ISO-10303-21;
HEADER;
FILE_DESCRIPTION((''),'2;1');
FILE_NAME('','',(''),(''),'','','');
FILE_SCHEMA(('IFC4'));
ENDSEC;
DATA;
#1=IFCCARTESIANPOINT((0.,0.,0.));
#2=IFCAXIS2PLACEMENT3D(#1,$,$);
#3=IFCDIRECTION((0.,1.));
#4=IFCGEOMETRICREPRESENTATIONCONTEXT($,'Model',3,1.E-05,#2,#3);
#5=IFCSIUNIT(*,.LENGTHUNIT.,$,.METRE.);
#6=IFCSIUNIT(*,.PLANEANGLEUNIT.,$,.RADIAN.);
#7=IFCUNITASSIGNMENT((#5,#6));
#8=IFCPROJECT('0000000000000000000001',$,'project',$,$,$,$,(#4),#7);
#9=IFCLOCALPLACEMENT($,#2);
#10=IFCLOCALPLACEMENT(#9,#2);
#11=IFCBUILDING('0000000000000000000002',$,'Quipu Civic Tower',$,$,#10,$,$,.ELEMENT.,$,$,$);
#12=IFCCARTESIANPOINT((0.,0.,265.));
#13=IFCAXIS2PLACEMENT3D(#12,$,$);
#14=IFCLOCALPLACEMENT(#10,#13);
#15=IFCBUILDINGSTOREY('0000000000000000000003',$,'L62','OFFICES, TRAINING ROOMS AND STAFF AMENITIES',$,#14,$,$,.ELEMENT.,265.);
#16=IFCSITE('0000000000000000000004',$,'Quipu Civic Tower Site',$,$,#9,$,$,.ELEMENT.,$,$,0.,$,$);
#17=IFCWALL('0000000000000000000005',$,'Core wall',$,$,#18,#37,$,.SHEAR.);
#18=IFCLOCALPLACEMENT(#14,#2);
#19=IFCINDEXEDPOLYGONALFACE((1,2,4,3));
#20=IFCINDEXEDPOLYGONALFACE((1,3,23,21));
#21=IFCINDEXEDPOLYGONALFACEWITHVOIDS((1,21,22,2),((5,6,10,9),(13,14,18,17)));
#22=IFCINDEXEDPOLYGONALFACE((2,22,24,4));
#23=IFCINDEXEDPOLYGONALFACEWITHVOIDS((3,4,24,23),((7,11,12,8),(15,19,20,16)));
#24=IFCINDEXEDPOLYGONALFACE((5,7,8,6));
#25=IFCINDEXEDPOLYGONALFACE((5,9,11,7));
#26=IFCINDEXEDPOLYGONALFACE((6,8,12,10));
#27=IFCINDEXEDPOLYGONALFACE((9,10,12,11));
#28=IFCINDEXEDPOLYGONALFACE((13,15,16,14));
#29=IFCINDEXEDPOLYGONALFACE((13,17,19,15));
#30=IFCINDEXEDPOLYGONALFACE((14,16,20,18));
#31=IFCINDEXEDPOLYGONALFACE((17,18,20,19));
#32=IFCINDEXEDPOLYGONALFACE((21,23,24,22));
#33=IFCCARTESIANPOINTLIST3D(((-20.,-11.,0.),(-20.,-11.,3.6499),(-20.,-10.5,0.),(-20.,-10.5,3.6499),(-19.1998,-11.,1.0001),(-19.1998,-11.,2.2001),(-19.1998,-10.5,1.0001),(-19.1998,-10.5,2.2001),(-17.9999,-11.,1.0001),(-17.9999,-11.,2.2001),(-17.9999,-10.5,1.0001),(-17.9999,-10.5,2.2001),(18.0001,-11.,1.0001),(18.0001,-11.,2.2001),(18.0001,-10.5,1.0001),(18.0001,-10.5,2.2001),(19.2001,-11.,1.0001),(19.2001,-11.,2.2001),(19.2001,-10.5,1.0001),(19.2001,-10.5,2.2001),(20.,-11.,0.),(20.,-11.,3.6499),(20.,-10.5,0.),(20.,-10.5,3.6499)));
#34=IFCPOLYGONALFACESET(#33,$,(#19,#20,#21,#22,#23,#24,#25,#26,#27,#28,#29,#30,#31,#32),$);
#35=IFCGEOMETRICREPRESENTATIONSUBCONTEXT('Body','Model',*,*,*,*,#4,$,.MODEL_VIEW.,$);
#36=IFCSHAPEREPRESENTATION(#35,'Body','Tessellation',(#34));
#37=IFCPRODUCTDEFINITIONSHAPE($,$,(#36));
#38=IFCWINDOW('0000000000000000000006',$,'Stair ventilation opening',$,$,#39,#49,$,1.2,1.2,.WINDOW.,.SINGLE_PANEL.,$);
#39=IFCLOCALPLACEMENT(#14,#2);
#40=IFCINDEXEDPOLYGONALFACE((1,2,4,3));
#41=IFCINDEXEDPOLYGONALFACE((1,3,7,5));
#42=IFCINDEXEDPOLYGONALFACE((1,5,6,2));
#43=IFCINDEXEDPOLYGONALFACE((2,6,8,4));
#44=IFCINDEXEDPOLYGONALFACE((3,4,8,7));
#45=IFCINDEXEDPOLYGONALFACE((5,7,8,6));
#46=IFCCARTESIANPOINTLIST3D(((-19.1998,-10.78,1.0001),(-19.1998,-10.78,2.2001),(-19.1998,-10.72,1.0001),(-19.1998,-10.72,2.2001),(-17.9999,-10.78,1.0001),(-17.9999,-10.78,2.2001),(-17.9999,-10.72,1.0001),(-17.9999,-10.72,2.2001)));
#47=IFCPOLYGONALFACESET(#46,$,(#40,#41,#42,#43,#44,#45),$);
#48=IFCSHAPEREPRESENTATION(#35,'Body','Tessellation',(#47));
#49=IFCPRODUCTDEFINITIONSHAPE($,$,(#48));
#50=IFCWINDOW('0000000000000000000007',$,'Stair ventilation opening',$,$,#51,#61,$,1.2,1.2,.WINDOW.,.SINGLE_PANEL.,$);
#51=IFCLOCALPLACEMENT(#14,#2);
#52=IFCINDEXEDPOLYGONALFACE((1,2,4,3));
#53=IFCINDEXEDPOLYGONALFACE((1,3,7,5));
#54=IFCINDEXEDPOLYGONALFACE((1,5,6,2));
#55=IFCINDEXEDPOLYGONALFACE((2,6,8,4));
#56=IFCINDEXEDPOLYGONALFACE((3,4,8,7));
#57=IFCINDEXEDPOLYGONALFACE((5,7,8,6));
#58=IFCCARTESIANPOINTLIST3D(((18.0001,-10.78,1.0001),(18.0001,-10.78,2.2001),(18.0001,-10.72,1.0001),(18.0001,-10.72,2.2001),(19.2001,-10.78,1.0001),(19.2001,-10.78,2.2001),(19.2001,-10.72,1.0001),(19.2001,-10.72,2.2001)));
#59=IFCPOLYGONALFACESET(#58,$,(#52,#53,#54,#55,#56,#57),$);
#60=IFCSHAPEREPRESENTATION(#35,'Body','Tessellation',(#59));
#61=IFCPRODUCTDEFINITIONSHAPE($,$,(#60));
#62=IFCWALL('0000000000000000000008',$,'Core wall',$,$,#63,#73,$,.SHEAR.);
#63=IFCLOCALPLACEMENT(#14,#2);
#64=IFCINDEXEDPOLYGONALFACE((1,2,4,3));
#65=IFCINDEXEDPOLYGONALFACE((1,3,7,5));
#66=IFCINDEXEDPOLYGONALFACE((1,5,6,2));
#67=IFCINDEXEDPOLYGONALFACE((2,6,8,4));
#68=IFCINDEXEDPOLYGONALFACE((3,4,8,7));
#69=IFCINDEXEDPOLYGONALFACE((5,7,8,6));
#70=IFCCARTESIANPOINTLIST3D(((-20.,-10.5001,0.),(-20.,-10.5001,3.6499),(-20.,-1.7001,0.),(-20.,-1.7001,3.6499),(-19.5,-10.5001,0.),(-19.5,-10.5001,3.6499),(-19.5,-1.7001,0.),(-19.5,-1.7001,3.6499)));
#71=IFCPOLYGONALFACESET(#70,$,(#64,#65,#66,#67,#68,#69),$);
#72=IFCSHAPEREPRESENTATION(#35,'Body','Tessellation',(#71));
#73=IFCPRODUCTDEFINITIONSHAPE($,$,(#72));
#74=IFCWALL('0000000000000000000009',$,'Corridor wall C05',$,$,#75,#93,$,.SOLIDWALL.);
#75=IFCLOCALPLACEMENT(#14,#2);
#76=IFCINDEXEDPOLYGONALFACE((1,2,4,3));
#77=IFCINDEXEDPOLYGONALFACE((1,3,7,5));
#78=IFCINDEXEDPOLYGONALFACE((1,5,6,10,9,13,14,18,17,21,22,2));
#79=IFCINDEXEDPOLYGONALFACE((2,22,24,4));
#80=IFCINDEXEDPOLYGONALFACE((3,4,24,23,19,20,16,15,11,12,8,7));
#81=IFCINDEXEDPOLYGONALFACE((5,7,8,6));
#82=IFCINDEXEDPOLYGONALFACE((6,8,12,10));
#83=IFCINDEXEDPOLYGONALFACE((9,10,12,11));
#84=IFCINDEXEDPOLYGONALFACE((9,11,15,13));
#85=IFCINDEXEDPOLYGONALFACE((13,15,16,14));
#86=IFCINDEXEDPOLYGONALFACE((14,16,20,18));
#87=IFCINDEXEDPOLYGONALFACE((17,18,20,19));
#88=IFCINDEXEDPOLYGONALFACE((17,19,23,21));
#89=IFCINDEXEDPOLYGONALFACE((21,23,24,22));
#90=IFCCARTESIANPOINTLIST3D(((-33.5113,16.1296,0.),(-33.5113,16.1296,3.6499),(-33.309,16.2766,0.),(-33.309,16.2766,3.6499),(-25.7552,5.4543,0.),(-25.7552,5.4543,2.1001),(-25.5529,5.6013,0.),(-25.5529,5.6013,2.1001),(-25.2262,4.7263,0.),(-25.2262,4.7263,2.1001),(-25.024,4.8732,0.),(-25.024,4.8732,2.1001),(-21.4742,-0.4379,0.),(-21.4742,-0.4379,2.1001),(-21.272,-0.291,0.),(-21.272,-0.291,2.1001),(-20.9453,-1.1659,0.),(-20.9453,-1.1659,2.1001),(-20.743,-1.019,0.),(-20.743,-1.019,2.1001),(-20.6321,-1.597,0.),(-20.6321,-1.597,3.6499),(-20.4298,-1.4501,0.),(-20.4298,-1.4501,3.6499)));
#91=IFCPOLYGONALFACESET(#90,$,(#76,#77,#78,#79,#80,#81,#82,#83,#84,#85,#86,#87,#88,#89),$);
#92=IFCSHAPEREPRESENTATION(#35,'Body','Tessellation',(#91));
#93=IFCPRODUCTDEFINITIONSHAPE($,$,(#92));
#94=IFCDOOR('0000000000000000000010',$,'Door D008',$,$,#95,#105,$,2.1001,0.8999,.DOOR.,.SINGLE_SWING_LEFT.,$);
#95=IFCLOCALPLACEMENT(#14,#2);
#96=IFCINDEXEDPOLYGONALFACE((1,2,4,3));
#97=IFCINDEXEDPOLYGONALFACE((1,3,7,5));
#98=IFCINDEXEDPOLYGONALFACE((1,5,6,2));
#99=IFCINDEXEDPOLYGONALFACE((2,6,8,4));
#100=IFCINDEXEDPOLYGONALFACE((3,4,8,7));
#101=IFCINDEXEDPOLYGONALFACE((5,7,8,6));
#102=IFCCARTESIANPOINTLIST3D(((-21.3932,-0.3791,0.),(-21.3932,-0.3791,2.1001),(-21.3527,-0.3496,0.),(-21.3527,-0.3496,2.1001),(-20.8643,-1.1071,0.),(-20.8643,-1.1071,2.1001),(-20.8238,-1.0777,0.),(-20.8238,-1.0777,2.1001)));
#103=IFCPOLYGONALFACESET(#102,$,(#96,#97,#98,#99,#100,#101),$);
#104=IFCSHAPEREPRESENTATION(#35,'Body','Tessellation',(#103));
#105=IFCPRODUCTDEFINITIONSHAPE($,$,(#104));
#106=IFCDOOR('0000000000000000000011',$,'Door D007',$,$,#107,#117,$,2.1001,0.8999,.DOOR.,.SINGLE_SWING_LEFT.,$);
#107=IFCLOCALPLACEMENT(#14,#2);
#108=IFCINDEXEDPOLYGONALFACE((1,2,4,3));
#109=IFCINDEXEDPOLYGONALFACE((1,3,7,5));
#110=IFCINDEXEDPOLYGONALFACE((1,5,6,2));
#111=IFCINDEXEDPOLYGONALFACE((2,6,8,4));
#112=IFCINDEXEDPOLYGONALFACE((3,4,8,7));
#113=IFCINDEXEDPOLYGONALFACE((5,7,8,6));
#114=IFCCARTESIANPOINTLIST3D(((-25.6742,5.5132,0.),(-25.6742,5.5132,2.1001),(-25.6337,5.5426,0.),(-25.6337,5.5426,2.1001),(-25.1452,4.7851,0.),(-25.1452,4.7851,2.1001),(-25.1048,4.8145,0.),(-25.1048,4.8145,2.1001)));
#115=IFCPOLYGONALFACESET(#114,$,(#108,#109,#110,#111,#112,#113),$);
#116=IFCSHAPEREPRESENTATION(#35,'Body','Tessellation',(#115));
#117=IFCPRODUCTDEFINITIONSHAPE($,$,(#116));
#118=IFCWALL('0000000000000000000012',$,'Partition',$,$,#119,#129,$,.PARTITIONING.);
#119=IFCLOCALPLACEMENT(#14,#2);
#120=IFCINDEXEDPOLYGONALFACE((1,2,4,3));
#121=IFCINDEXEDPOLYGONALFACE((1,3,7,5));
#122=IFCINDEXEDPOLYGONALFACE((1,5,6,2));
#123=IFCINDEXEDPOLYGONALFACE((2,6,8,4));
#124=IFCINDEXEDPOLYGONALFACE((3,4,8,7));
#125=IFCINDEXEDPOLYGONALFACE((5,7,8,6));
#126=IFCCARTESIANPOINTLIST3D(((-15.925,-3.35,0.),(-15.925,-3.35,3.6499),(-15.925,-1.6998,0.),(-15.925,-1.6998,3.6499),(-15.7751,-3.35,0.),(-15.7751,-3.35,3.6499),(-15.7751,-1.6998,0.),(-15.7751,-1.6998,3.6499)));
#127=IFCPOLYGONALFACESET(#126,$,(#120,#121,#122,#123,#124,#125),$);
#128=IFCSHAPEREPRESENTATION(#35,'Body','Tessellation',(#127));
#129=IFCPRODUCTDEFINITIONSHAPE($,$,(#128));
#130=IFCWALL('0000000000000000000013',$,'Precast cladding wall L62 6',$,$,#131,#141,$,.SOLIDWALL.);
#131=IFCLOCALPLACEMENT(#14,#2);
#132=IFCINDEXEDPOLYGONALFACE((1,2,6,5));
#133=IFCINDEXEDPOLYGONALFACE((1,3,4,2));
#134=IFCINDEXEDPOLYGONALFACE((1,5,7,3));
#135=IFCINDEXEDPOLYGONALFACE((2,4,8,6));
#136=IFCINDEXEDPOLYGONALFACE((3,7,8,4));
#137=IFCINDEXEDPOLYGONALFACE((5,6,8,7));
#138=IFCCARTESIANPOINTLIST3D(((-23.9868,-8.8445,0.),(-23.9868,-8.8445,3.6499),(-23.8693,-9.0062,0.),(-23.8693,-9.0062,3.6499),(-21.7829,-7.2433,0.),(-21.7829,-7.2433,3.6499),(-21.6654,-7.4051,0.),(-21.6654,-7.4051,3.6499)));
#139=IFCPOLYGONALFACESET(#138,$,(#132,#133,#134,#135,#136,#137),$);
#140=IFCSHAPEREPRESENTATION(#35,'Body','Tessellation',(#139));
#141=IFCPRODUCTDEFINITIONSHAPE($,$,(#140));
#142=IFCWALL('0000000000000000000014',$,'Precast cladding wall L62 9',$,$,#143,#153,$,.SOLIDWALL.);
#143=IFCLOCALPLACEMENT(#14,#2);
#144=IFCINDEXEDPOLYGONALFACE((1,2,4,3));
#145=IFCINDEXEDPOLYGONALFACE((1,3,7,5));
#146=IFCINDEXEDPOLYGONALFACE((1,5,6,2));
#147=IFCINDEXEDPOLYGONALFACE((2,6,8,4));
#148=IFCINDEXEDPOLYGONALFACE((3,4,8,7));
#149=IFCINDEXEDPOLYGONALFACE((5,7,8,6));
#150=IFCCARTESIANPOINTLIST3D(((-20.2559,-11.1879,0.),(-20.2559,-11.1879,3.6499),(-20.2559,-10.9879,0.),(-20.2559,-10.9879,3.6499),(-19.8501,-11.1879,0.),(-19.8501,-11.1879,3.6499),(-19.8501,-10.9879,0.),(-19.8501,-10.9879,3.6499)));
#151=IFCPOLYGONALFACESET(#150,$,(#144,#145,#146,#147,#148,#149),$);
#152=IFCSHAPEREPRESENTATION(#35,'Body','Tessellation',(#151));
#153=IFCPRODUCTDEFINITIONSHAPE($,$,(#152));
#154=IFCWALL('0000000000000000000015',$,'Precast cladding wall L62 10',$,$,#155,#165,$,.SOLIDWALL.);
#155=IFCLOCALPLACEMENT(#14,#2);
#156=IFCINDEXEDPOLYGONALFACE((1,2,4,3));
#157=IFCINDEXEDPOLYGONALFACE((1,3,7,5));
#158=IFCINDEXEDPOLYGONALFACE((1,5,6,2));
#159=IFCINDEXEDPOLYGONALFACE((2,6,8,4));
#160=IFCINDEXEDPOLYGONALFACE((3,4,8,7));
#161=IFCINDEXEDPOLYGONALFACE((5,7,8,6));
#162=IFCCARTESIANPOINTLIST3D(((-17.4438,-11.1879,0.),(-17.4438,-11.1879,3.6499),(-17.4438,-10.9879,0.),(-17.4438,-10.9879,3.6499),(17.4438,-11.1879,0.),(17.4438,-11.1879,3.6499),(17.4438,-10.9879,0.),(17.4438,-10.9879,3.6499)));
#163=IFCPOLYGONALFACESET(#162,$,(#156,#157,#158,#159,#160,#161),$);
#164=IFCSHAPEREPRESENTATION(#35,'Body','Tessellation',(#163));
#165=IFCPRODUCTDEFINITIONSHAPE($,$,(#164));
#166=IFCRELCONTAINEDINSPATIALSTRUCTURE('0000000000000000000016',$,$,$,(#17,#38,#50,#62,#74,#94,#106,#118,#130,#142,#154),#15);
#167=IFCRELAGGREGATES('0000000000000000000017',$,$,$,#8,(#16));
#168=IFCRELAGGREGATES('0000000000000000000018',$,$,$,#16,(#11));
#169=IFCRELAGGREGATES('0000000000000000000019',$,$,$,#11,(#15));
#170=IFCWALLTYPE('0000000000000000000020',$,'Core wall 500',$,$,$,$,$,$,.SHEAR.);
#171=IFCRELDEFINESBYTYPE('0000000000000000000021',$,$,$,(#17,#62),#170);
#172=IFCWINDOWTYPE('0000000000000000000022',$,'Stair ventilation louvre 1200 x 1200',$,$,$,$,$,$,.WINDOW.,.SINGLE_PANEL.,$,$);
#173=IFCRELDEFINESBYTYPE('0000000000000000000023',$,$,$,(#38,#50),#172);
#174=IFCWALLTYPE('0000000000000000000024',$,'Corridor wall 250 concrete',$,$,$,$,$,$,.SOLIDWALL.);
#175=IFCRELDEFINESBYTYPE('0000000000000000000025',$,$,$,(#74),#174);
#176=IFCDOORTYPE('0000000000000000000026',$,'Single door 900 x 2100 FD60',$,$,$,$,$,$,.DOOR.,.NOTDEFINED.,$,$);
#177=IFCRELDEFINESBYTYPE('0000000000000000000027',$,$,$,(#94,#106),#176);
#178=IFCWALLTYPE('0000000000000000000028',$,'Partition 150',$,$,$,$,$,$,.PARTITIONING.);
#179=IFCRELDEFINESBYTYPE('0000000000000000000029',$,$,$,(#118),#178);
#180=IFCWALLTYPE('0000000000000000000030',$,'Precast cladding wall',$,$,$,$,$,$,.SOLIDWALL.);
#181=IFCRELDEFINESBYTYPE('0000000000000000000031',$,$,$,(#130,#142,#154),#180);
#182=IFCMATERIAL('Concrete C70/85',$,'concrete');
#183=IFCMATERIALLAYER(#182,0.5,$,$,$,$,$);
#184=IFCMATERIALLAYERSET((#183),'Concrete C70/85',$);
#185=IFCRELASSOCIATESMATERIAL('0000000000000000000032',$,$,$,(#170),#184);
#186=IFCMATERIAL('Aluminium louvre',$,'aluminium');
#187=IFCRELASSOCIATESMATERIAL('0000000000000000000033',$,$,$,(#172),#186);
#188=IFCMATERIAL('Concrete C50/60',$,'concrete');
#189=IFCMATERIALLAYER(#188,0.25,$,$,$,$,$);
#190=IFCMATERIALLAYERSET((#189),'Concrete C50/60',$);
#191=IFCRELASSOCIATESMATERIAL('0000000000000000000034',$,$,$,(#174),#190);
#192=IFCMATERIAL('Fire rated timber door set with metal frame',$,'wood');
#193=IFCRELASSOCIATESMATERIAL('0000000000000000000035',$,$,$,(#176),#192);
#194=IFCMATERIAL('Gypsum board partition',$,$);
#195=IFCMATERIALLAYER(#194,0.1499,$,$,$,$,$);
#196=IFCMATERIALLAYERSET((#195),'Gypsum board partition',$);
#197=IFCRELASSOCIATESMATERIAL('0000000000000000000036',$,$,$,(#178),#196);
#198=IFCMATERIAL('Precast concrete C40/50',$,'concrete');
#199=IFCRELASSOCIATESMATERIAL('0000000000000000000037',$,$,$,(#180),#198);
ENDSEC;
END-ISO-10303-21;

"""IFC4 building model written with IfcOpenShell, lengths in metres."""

from ifc_helpers import new_model, si_unit, direction, frame, frame_2d, origin, place, context, subcontext, project, spatial, rectangle, extrude, material, layer, layer_set, type_object, element, fill, save


model = new_model("IFC4")

# Units and contexts
model_context = context("Model", 3, precision=1e-05, world=origin(), true_north=direction((0.0, 1.0)))
body_context = subcontext(model_context, "Body", "Model", "MODEL_VIEW")
ifc_project = project(units=[si_unit("LENGTHUNIT", "METRE"), si_unit("PLANEANGLEUNIT", "RADIAN")], contexts=[model_context])

# Site, building, storey
site_placement = place(None, origin())
site = spatial("IfcSite", under=ifc_project, at=site_placement, Name="Quipu Civic Tower Site", CompositionType="ELEMENT", RefElevation=0.0)
building_placement = place(site_placement, origin())
building = spatial("IfcBuilding", under=site, at=building_placement, Name="Quipu Civic Tower", CompositionType="ELEMENT")
storey_placement = place(building_placement, frame((0.0, 0.0, 265.0)))
storey = spatial("IfcBuildingStorey", under=building, at=storey_placement, Name="L62", Description="OFFICES, TRAINING ROOMS AND STAFF AMENITIES", CompositionType="ELEMENT", Elevation=265.0)

# Wall, openings, windows
ifc_material_1 = material(Name="Concrete C70/85", Category="concrete")
ifc_layer_1 = layer(ifc_material_1, 0.5)
ifc_layer_set_1 = layer_set([ifc_layer_1], Name="Concrete C70/85")
wall_type_1 = type_object("IfcWallType", Name="Core wall 500", PredefinedType="SHEAR", material=ifc_layer_set_1)
wall_1_placement = place(storey_placement, frame((-20.0, -10.75, 0.0), z_axis=(0.0, 0.0, 1.0), x_axis=(1.0, 0.0, 0.0)))
wall_1 = element("IfcWall", 1, at=wall_1_placement, inside=storey, type_object=wall_type_1, Name="Core wall", PredefinedType="SHEAR", context=body_context, shape_type="SweptSolid", body=[
    extrude(rectangle(XDim=40.0, YDim=0.5, at=frame_2d((20.0, 0.0))), origin(), (0.0, 0.0, 1.0), 3.6499),
])
opening_1_placement = place(wall_1_placement, frame((0.8, 0.0, 1.0)))
opening_1 = element("IfcOpeningElement", 2, at=opening_1_placement, cuts=wall_1, PredefinedType="OPENING", context=body_context, shape_type="SweptSolid", body=[
    extrude(rectangle(XDim=1.2, YDim=1.2, at=frame_2d((0.6001, 0.6001))), frame((0.0, 0.26, 0.0), z_axis=(0.0, -1.0, 0.0), x_axis=(1.0, 0.0, 0.0)), (0.0, 0.0, 1.0), 0.52),
])
opening_2_placement = place(wall_1_placement, frame((38.0, 0.0, 1.0)))
opening_2 = element("IfcOpeningElement", 3, at=opening_2_placement, cuts=wall_1, PredefinedType="OPENING", context=body_context, shape_type="SweptSolid", body=[
    extrude(rectangle(XDim=1.2, YDim=1.2, at=frame_2d((0.6001, 0.6001))), frame((0.0, 0.26, 0.0), z_axis=(0.0, -1.0, 0.0), x_axis=(1.0, 0.0, 0.0)), (0.0, 0.0, 1.0), 0.52),
])
ifc_material_2 = material(Name="Aluminium louvre", Category="aluminium")
window_type = type_object("IfcWindowType", Name="Stair ventilation louvre 1200 x 1200", PartitioningType="SINGLE_PANEL", PredefinedType="WINDOW", material=ifc_material_2)
window_1_placement = place(opening_1_placement, origin())
window_1 = element("IfcWindow", 4, at=window_1_placement, inside=storey, type_object=window_type, Name="Stair ventilation opening", OverallHeight=1.2, OverallWidth=1.2, PartitioningType="SINGLE_PANEL", PredefinedType="WINDOW", context=body_context, shape_type="SweptSolid", body=[
    extrude(rectangle(XDim=1.2, YDim=1.2, at=frame_2d((0.6001, 0.6001))), frame((0.0, 0.03, 0.0), z_axis=(0.0, -1.0, 0.0), x_axis=(1.0, 0.0, 0.0)), (0.0, 0.0, 1.0), 0.0601),
])
fill(opening_1, window_1)
window_2_placement = place(opening_2_placement, origin())
window_2 = element("IfcWindow", 5, at=window_2_placement, inside=storey, type_object=window_type, Name="Stair ventilation opening", OverallHeight=1.2, OverallWidth=1.2, PartitioningType="SINGLE_PANEL", PredefinedType="WINDOW", context=body_context, shape_type="SweptSolid", body=[
    extrude(rectangle(XDim=1.2, YDim=1.2, at=frame_2d((0.6001, 0.6001))), frame((0.0, 0.03, 0.0), z_axis=(0.0, -1.0, 0.0), x_axis=(1.0, 0.0, 0.0)), (0.0, 0.0, 1.0), 0.0601),
])
fill(opening_2, window_2)

# Wall
wall_2_placement = place(storey_placement, frame((-19.75, -10.5, 0.0), z_axis=(0.0, 0.0, 1.0), x_axis=(0.0, 1.0, 0.0)))
element("IfcWall", 6, at=wall_2_placement, inside=storey, type_object=wall_type_1, Name="Core wall", PredefinedType="SHEAR", context=body_context, shape_type="SweptSolid", body=[
    extrude(rectangle(XDim=8.8, YDim=0.5, at=frame_2d((4.3999, 0.0))), origin(), (0.0, 0.0, 1.0), 3.6499),
])

# Wall, openings, doors
ifc_material_3 = material(Name="Concrete C50/60", Category="concrete")
ifc_layer_2 = layer(ifc_material_3, 0.25)
ifc_layer_set_2 = layer_set([ifc_layer_2], Name="Concrete C50/60")
wall_type_2 = type_object("IfcWallType", Name="Corridor wall 250 concrete", PredefinedType="SOLIDWALL", material=ifc_layer_set_2)
wall_3_placement = place(storey_placement, frame((-20.531, -1.5234, 0.0), z_axis=(0.0, 0.0, 1.0), x_axis=(-0.587787, 0.809016, 0.0)))
wall_3 = element("IfcWall", 7, at=wall_3_placement, inside=storey, type_object=wall_type_2, Name="Corridor wall C05", PredefinedType="SOLIDWALL", context=body_context, shape_type="SweptSolid", body=[
    extrude(rectangle(XDim=21.9114, YDim=0.25, at=frame_2d((10.9556, 0.0))), origin(), (0.0, 0.0, 1.0), 3.6499),
])
opening_3_placement = place(wall_3_placement, frame((0.5327, 0.0, 0.0)))
opening_3 = element("IfcOpeningElement", 8, at=opening_3_placement, cuts=wall_3, PredefinedType="OPENING", context=body_context, shape_type="SweptSolid", body=[
    extrude(rectangle(XDim=0.8999, YDim=2.1001, at=frame_2d((0.45, 1.05))), frame((0.0, 0.135, 0.0), z_axis=(0.0, -1.0, 0.0), x_axis=(1.0, 0.0, 0.0)), (0.0, 0.0, 1.0), 0.27),
])
opening_4_placement = place(wall_3_placement, frame((7.8159, 0.0, 0.0)))
opening_4 = element("IfcOpeningElement", 9, at=opening_4_placement, cuts=wall_3, PredefinedType="OPENING", context=body_context, shape_type="SweptSolid", body=[
    extrude(rectangle(XDim=0.8999, YDim=2.1001, at=frame_2d((0.45, 1.05))), frame((0.0, 0.135, 0.0), z_axis=(0.0, -1.0, 0.0), x_axis=(1.0, 0.0, 0.0)), (0.0, 0.0, 1.0), 0.27),
])
ifc_material_4 = material(Name="Fire rated timber door set with metal frame", Category="wood")
door_type_1 = type_object("IfcDoorType", Name="Single door 900 x 2100 FD60", OperationType="NOTDEFINED", PredefinedType="DOOR", material=ifc_material_4)
door_1_placement = place(opening_3_placement, origin())
door_1 = element("IfcDoor", 10, at=door_1_placement, inside=storey, type_object=door_type_1, Name="Door D008", OperationType="SINGLE_SWING_LEFT", OverallHeight=2.1001, OverallWidth=0.8999, PredefinedType="DOOR", context=body_context, shape_type="SweptSolid", body=[
    extrude(rectangle(XDim=0.8999, YDim=2.1001, at=frame_2d((0.45, 1.05))), frame((0.0, 0.0249, 0.0), z_axis=(0.0, -1.0, 0.0), x_axis=(1.0, 0.0, 0.0)), (0.0, 0.0, 1.0), 0.05),
])
fill(opening_3, door_1)
door_2_placement = place(opening_4_placement, origin())
door_2 = element("IfcDoor", 11, at=door_2_placement, inside=storey, type_object=door_type_1, Name="Door D007", OperationType="SINGLE_SWING_LEFT", OverallHeight=2.1001, OverallWidth=0.8999, PredefinedType="DOOR", context=body_context, shape_type="SweptSolid", body=[
    extrude(rectangle(XDim=0.8999, YDim=2.1001, at=frame_2d((0.45, 1.05))), frame((0.0, 0.0249, 0.0), z_axis=(0.0, -1.0, 0.0), x_axis=(1.0, 0.0, 0.0)), (0.0, 0.0, 1.0), 0.05),
])
fill(opening_4, door_2)

# Walls
ifc_material_5 = material(Name="Gypsum board partition")
ifc_layer_3 = layer(ifc_material_5, 0.1499)
ifc_layer_set_3 = layer_set([ifc_layer_3], Name="Gypsum board partition")
wall_type_3 = type_object("IfcWallType", Name="Partition 150", PredefinedType="PARTITIONING", material=ifc_layer_set_3)
wall_4_placement = place(storey_placement, frame((-15.8501, -3.3501, 0.0), z_axis=(0.0, 0.0, 1.0), x_axis=(0.0, 1.0, 0.0)))
element("IfcWall", 12, at=wall_4_placement, inside=storey, type_object=wall_type_3, Name="Partition", PredefinedType="PARTITIONING", context=body_context, shape_type="SweptSolid", body=[
    extrude(rectangle(XDim=1.6501, YDim=0.1499, at=frame_2d((0.8252, 0.0))), origin(), (0.0, 0.0, 1.0), 3.6499),
])
ifc_material_6 = material(Name="Precast concrete C40/50", Category="concrete")
wall_type_4 = type_object("IfcWallType", Name="Precast cladding wall", PredefinedType="SOLIDWALL", material=ifc_material_6)
wall_5_placement = place(storey_placement, frame((-21.7241, -7.3242, 0.0), z_axis=(0.0, 0.0, 1.0), x_axis=(-0.809038, -0.587756, 0.0)))
element("IfcWall", 13, at=wall_5_placement, inside=storey, type_object=wall_type_4, Name="Precast cladding wall L62 6", PredefinedType="SOLIDWALL", context=body_context, shape_type="SweptSolid", body=[
    extrude(rectangle(XDim=2.7241, YDim=0.2, at=frame_2d((1.3621, 0.0))), origin(), (0.0, 0.0, 1.0), 3.6499),
])
wall_6_placement = place(storey_placement, frame((-20.2559, -11.0879, 0.0), z_axis=(0.0, 0.0, 1.0), x_axis=(1.0, 0.0, 0.0)))
element("IfcWall", 14, at=wall_6_placement, inside=storey, type_object=wall_type_4, Name="Precast cladding wall L62 9", PredefinedType="SOLIDWALL", context=body_context, shape_type="SweptSolid", body=[
    extrude(rectangle(XDim=0.4058, YDim=0.2, at=frame_2d((0.2029, 0.0))), origin(), (0.0, 0.0, 1.0), 3.6499),
])
wall_7_placement = place(storey_placement, frame((-17.4438, -11.0879, 0.0), z_axis=(0.0, 0.0, 1.0), x_axis=(1.0, 0.0, 0.0)))
element("IfcWall", 15, at=wall_7_placement, inside=storey, type_object=wall_type_4, Name="Precast cladding wall L62 10", PredefinedType="SOLIDWALL", context=body_context, shape_type="SweptSolid", body=[
    extrude(rectangle(XDim=34.8877, YDim=0.2, at=frame_2d((17.4438, 0.0))), origin(), (0.0, 0.0, 1.0), 3.6499),
])

save(model, "model.ifc")
